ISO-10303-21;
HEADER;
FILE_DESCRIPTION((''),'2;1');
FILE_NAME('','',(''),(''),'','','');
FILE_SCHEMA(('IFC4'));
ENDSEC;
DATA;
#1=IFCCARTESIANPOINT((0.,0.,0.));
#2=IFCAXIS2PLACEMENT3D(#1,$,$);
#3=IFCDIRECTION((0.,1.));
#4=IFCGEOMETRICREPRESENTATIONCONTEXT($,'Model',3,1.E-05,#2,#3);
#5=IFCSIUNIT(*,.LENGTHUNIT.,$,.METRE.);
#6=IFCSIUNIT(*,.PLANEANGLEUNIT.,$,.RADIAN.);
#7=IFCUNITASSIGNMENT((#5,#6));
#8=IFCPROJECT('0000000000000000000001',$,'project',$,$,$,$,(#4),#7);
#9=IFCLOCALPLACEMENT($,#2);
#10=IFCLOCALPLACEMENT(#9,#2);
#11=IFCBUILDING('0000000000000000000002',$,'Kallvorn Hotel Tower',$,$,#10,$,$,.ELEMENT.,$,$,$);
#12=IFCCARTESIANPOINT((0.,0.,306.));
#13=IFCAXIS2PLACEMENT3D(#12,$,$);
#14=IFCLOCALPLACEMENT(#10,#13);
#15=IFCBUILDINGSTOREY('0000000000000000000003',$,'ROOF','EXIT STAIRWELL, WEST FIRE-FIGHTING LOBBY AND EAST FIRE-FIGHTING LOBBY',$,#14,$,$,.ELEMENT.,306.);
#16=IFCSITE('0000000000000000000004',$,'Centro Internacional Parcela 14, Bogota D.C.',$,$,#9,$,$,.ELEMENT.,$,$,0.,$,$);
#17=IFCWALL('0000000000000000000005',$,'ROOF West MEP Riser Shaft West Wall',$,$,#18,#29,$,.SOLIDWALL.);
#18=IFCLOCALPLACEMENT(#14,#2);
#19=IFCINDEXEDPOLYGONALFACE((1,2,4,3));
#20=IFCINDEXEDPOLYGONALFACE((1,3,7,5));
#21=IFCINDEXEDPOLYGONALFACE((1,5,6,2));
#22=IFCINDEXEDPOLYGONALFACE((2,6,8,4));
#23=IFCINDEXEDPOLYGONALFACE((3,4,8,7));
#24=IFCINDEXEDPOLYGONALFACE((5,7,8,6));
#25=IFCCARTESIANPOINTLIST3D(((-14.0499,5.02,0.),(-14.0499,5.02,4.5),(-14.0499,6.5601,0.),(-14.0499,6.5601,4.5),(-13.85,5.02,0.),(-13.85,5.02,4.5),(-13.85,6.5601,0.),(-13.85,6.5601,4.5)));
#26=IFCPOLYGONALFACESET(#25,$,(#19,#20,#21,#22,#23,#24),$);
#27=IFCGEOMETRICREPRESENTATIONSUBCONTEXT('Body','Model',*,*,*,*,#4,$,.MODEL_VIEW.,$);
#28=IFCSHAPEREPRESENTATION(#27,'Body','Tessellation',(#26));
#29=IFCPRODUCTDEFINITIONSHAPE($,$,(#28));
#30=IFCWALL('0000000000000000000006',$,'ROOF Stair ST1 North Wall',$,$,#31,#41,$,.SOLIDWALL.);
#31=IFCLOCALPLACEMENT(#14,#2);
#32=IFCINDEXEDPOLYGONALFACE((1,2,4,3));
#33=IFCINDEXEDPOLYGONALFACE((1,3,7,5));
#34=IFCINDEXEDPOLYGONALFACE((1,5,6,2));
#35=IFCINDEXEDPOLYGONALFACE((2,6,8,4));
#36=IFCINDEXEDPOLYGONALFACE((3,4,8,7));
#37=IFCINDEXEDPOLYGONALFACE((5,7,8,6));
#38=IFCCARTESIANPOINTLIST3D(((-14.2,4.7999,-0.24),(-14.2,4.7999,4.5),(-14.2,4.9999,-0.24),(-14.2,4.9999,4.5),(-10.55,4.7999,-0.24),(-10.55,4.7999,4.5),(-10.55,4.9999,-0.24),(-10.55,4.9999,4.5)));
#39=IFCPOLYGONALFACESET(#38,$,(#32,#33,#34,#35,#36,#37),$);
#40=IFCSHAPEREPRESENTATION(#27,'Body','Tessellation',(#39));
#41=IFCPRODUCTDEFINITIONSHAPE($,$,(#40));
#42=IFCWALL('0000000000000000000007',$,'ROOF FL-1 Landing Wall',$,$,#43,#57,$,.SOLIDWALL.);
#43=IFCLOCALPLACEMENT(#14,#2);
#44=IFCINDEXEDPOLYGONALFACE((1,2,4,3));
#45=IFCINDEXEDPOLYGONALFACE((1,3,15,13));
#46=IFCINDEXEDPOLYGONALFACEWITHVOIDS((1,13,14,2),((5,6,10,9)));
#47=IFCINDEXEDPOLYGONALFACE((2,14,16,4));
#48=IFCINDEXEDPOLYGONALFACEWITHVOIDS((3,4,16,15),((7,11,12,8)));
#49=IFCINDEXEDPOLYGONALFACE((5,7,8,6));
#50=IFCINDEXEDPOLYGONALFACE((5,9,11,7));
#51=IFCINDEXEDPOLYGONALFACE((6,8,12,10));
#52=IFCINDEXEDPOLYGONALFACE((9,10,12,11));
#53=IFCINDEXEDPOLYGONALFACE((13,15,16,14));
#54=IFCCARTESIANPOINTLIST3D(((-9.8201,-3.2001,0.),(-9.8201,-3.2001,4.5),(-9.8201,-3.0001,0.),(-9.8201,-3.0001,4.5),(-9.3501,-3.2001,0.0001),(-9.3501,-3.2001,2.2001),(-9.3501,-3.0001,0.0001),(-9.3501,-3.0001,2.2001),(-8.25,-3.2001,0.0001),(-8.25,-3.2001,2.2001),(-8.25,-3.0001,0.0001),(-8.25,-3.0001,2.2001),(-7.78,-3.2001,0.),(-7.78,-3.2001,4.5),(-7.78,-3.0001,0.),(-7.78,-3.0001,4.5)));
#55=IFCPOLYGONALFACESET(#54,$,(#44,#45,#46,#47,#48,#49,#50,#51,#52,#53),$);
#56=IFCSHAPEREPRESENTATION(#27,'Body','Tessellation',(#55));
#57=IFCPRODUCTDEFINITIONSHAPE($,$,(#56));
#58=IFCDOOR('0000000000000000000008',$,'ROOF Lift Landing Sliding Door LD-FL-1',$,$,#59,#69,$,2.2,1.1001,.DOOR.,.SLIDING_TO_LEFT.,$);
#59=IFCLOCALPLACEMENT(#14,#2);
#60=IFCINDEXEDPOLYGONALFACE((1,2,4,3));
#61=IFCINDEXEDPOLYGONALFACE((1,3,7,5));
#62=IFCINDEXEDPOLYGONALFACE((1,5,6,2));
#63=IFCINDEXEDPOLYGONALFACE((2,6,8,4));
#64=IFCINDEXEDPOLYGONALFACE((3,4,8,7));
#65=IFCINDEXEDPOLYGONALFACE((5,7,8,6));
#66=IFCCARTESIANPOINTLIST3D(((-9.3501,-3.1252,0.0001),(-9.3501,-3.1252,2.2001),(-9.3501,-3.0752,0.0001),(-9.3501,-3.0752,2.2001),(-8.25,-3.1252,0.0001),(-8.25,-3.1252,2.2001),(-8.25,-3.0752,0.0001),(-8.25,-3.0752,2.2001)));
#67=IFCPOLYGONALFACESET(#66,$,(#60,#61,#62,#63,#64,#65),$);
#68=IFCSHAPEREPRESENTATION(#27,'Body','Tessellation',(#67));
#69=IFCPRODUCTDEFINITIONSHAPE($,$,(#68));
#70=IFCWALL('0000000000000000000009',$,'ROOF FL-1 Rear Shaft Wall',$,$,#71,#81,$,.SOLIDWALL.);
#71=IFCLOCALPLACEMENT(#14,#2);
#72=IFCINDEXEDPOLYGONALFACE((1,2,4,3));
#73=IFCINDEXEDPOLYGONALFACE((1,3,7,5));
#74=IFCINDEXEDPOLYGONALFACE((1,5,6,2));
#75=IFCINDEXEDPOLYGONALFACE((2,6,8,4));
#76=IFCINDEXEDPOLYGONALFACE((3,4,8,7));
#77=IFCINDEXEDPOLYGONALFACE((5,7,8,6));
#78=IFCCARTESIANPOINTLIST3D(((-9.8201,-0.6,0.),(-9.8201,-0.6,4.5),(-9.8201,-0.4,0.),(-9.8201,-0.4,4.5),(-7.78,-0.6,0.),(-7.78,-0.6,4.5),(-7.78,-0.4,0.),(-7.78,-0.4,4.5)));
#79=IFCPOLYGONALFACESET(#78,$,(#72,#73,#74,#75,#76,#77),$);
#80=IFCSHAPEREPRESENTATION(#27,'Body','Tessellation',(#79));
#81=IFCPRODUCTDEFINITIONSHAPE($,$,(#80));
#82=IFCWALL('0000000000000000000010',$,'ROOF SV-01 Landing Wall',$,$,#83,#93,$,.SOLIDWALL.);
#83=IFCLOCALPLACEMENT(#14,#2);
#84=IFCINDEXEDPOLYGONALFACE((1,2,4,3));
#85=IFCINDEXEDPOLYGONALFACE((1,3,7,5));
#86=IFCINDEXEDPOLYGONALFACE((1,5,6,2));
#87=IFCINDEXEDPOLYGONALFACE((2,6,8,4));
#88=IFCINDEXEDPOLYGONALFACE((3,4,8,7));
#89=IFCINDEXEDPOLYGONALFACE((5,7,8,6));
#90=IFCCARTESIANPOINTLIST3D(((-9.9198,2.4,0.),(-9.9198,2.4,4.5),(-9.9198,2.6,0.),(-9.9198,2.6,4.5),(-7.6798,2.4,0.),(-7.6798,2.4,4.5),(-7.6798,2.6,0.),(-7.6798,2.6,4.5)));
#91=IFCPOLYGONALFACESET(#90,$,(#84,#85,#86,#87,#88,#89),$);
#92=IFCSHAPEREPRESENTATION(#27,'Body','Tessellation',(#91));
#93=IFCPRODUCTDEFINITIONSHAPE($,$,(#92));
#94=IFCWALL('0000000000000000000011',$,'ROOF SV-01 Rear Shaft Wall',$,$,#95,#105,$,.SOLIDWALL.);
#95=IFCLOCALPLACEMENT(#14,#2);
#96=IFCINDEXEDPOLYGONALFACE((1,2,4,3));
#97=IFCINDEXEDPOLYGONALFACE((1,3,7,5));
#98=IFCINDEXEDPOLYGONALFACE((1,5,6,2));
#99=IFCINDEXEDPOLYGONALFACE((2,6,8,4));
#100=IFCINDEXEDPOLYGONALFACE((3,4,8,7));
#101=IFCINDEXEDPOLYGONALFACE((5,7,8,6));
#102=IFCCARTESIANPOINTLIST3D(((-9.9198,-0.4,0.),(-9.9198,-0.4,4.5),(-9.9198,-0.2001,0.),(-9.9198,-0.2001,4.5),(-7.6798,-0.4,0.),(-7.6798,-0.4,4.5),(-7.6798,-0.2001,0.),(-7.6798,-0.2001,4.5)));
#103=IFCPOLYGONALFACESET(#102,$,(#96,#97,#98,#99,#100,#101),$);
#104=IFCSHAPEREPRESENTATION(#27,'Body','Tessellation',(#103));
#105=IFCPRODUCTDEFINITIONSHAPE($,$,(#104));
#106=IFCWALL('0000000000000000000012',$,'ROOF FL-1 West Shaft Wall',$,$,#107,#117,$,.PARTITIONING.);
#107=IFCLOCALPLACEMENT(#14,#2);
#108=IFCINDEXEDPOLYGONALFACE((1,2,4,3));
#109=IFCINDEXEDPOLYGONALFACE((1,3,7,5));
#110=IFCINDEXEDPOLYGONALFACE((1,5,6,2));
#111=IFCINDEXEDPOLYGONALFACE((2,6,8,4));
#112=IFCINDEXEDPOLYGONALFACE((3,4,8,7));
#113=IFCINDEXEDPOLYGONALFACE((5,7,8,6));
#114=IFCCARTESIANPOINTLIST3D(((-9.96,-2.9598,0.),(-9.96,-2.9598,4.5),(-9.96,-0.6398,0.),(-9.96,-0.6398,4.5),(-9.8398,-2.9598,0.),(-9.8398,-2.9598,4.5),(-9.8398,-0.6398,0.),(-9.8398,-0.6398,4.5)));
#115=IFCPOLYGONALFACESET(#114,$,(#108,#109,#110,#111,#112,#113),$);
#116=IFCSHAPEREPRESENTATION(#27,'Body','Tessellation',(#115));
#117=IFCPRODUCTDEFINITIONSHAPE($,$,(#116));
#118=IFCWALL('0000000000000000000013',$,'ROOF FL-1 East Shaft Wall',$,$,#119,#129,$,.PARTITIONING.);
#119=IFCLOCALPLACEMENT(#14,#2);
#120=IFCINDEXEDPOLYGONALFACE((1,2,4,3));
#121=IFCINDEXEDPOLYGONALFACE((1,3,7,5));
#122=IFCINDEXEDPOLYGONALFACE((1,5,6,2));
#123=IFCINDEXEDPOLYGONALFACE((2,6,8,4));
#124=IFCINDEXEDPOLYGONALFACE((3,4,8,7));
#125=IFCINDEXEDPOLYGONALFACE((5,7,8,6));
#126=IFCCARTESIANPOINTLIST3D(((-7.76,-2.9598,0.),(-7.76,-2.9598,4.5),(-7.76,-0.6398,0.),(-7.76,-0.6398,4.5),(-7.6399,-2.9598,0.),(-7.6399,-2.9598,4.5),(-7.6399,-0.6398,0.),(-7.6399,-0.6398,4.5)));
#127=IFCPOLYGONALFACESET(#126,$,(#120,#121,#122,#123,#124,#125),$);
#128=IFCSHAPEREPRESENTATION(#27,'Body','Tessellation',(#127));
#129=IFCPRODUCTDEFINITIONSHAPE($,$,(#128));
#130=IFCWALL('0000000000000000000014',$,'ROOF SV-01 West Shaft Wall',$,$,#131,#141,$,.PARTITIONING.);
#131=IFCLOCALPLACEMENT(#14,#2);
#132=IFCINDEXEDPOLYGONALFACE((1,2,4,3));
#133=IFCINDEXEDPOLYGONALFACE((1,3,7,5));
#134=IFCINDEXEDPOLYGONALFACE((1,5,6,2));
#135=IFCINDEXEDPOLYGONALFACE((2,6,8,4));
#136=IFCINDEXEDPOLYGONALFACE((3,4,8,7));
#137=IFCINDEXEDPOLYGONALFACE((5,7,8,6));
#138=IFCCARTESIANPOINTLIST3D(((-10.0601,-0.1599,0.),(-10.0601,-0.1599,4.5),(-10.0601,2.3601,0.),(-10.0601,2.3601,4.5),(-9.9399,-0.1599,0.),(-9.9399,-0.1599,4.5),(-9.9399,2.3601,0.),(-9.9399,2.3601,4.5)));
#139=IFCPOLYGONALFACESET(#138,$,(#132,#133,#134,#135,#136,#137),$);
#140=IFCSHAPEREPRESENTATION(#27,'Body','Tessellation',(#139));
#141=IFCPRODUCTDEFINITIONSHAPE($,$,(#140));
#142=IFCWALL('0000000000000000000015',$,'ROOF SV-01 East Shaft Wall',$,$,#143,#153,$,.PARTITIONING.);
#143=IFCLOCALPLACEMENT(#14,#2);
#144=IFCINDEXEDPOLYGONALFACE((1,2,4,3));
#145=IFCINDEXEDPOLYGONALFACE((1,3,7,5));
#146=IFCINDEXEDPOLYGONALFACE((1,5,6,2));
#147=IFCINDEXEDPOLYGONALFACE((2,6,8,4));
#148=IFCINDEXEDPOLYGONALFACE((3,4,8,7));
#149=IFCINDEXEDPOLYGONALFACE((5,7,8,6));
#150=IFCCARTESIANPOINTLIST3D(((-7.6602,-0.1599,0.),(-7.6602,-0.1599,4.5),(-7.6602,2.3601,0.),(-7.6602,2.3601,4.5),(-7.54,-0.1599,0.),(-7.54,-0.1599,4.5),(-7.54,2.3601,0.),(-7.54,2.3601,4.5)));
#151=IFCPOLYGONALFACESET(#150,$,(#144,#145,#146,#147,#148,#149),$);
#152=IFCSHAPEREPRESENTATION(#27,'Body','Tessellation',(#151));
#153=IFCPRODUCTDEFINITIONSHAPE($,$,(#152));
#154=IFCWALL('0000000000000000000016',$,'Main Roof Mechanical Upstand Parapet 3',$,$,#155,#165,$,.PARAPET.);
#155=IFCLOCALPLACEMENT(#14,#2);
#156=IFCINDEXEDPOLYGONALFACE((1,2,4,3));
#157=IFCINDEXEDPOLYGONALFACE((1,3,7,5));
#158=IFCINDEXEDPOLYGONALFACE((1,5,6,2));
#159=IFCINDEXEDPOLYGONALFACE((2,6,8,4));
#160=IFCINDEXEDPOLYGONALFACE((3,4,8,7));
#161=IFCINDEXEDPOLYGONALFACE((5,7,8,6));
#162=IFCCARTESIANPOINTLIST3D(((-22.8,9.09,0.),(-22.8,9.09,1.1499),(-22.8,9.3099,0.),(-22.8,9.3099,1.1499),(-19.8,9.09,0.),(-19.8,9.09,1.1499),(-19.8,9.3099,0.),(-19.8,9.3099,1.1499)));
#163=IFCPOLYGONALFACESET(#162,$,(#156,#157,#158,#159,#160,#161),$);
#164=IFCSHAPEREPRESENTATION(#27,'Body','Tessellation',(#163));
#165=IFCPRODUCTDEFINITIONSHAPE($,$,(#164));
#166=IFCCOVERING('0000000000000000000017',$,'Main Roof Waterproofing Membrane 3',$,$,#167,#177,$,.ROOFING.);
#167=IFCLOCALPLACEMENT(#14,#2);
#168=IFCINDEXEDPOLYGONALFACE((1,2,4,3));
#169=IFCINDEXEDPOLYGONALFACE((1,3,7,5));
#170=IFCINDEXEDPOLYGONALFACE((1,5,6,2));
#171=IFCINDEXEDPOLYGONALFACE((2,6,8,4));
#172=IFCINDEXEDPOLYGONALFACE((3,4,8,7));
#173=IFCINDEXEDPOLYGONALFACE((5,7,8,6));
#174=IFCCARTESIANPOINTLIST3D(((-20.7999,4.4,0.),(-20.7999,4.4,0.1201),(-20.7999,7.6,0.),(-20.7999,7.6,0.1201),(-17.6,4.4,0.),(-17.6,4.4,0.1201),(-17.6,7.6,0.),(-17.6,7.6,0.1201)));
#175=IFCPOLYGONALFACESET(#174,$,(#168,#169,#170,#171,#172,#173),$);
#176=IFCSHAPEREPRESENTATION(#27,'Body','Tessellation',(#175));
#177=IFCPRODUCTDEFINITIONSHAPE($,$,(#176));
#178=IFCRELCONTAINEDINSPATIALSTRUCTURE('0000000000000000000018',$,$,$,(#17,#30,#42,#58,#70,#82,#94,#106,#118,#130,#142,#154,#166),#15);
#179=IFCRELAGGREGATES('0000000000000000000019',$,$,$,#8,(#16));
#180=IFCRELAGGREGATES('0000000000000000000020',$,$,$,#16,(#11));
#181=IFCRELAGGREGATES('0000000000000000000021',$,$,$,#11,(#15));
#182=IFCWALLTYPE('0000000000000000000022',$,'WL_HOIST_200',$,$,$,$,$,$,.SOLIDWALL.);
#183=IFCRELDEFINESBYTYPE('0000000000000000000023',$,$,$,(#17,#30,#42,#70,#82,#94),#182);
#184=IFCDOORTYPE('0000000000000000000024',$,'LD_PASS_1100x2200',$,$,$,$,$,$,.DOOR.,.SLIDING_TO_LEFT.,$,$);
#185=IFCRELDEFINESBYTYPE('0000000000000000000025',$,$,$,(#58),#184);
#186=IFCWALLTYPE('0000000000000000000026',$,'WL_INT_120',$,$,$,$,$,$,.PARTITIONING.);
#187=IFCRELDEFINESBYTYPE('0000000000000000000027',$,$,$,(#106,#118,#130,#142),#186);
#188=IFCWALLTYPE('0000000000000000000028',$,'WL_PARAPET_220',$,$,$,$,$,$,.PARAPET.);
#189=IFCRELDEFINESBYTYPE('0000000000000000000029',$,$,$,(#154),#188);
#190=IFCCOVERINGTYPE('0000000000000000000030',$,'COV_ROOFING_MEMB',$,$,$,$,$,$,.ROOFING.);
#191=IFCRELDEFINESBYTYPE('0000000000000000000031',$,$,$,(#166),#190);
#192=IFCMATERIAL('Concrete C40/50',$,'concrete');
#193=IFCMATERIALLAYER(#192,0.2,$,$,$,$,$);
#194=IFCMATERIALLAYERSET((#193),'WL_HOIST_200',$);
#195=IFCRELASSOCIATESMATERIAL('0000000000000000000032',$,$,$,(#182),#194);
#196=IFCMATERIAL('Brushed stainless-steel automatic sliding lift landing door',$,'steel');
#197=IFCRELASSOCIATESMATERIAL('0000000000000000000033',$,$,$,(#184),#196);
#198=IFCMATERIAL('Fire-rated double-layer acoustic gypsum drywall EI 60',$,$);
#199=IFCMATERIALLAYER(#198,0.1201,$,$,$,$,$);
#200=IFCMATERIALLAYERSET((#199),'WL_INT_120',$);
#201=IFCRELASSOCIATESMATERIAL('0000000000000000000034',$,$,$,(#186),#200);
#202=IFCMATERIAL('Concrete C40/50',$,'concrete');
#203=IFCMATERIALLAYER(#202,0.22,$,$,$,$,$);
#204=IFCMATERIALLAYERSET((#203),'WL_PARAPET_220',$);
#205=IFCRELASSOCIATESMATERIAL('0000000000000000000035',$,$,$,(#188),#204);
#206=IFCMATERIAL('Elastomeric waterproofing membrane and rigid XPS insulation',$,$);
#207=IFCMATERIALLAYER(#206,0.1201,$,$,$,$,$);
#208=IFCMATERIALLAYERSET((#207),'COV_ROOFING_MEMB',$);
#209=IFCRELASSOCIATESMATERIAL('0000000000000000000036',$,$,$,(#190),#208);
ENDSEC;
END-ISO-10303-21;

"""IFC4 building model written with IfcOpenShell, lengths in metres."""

from ifc_helpers import new_model, si_unit, direction, frame, frame_2d, origin, origin_2d, place, context, subcontext, project, spatial, rectangle, extrude, material, layer, layer_set, type_object, element, fill, save


model = new_model("IFC4")

# Units and contexts
model_context = context("Model", 3, precision=1e-05, world=origin(), true_north=direction((0.0, 1.0)))
body_context = subcontext(model_context, "Body", "Model", "MODEL_VIEW")
ifc_project = project(units=[si_unit("LENGTHUNIT", "METRE"), si_unit("PLANEANGLEUNIT", "RADIAN")], contexts=[model_context])

# Site, building, storey
site_placement = place(None, origin())
site = spatial("IfcSite", under=ifc_project, at=site_placement, Name="Centro Internacional Parcela 14, Bogota D.C.", CompositionType="ELEMENT", RefElevation=0.0)
building_placement = place(site_placement, origin())
building = spatial("IfcBuilding", under=site, at=building_placement, Name="Kallvorn Hotel Tower", CompositionType="ELEMENT")
storey_placement = place(building_placement, frame((0.0, 0.0, 306.0)))
storey = spatial("IfcBuildingStorey", under=building, at=storey_placement, Name="ROOF", Description="EXIT STAIRWELL, WEST FIRE-FIGHTING LOBBY AND EAST FIRE-FIGHTING LOBBY", CompositionType="ELEMENT", Elevation=306.0)

# Walls
ifc_material_1 = material(Name="Concrete C40/50", Category="concrete")
ifc_layer_1 = layer(ifc_material_1, 0.2)
ifc_layer_set_1 = layer_set([ifc_layer_1], Name="WL_HOIST_200")
wall_type_1 = type_object("IfcWallType", Name="WL_HOIST_200", PredefinedType="SOLIDWALL", material=ifc_layer_set_1)
wall_1_placement = place(storey_placement, frame((-13.95, 5.02, 0.0), z_axis=(0.0, 0.0, 1.0), x_axis=(0.0, 1.0, 0.0)))
element("IfcWall", 1, at=wall_1_placement, inside=storey, type_object=wall_type_1, Name="ROOF West MEP Riser Shaft West Wall", PredefinedType="SOLIDWALL", context=body_context, shape_type="SweptSolid", body=[
    extrude(rectangle(XDim=1.54, YDim=0.2, at=frame_2d((0.77, 0.0))), origin(), (0.0, 0.0, 1.0), 4.5),
])
wall_2_placement = place(storey_placement, frame((-14.2, 4.8999, -0.24), z_axis=(0.0, 0.0, 1.0), x_axis=(1.0, 0.0, 0.0)))
element("IfcWall", 2, at=wall_2_placement, inside=storey, type_object=wall_type_1, Name="ROOF Stair ST1 North Wall", PredefinedType="SOLIDWALL", context=body_context, shape_type="SweptSolid", body=[
    extrude(rectangle(XDim=3.6499, YDim=0.2, at=frame_2d((1.825, 0.0))), origin(), (0.0, 0.0, 1.0), 4.74),
])

# Wall, opening, door
wall_3_placement = place(storey_placement, frame((-9.8201, -3.1001, 0.0), z_axis=(0.0, 0.0, 1.0), x_axis=(1.0, 0.0, 0.0)))
wall_3 = element("IfcWall", 3, at=wall_3_placement, inside=storey, type_object=wall_type_1, Name="ROOF FL-1 Landing Wall", PredefinedType="SOLIDWALL", context=body_context, shape_type="SweptSolid", body=[
    extrude(rectangle(XDim=2.04, YDim=0.2, at=frame_2d((1.02, 0.0))), origin(), (0.0, 0.0, 1.0), 4.5),
])
opening_placement = place(wall_3_placement, frame((0.47, 0.0, 0.0)))
opening = element("IfcOpeningElement", 4, at=opening_placement, cuts=wall_3, PredefinedType="OPENING", context=body_context, shape_type="SweptSolid", body=[
    extrude(rectangle(XDim=1.1001, YDim=2.2, at=frame_2d((0.55, 1.1001))), frame((0.0, 0.115, 0.0), z_axis=(0.0, -1.0, 0.0), x_axis=(1.0, 0.0, 0.0)), (0.0, 0.0, 1.0), 0.23),
])
ifc_material_2 = material(Name="Brushed stainless-steel automatic sliding lift landing door", Category="steel")
door_type = type_object("IfcDoorType", Name="LD_PASS_1100x2200", OperationType="SLIDING_TO_LEFT", PredefinedType="DOOR", material=ifc_material_2)
door_placement = place(opening_placement, origin())
door = element("IfcDoor", 5, at=door_placement, inside=storey, type_object=door_type, Name="ROOF Lift Landing Sliding Door LD-FL-1", OperationType="SLIDING_TO_LEFT", OverallHeight=2.2, OverallWidth=1.1001, PredefinedType="DOOR", context=body_context, shape_type="SweptSolid", body=[
    extrude(rectangle(XDim=1.1001, YDim=2.2, at=frame_2d((0.55, 1.1001))), frame((0.0, 0.0249, 0.0), z_axis=(0.0, -1.0, 0.0), x_axis=(1.0, 0.0, 0.0)), (0.0, 0.0, 1.0), 0.05),
])
fill(opening, door)

# Walls
wall_4_placement = place(storey_placement, frame((-9.8201, -0.5, 0.0), z_axis=(0.0, 0.0, 1.0), x_axis=(1.0, 0.0, 0.0)))
element("IfcWall", 6, at=wall_4_placement, inside=storey, type_object=wall_type_1, Name="ROOF FL-1 Rear Shaft Wall", PredefinedType="SOLIDWALL", context=body_context, shape_type="SweptSolid", body=[
    extrude(rectangle(XDim=2.04, YDim=0.2, at=frame_2d((1.02, 0.0))), origin(), (0.0, 0.0, 1.0), 4.5),
])
for number, where, z_axis, x_axis, name in (
    (7, (-9.9199, 2.5, 0.0), (0.0, 0.0, 1.0), (1.0, 0.0, 0.0), "ROOF SV-01 Landing Wall"),
    (8, (-9.9199, -0.3, 0.0), (0.0, 0.0, 1.0), (1.0, 0.0, 0.0), "ROOF SV-01 Rear Shaft Wall"),
):
    element("IfcWall", number, at=place(storey_placement, frame(where, z_axis=z_axis, x_axis=x_axis)), inside=storey, type_object=wall_type_1, Name=name, PredefinedType="SOLIDWALL", context=body_context, shape_type="SweptSolid", body=[
        extrude(rectangle(XDim=2.24, YDim=0.2, at=frame_2d((1.1201, 0.0))), origin(), (0.0, 0.0, 1.0), 4.5),
    ])
ifc_material_3 = material(Name="Fire-rated double-layer acoustic gypsum drywall EI 60")
ifc_layer_2 = layer(ifc_material_3, 0.1201)
ifc_layer_set_2 = layer_set([ifc_layer_2], Name="WL_INT_120")
wall_type_2 = type_object("IfcWallType", Name="WL_INT_120", PredefinedType="PARTITIONING", material=ifc_layer_set_2)
for number, where, z_axis, x_axis, name in (
    (9, (-9.8999, -2.96, 0.0), (0.0, 0.0, 1.0), (0.0, 1.0, 0.0), "ROOF FL-1 West Shaft Wall"),
    (10, (-7.7, -2.96, 0.0), (0.0, 0.0, 1.0), (0.0, 1.0, 0.0), "ROOF FL-1 East Shaft Wall"),
):
    element("IfcWall", number, at=place(storey_placement, frame(where, z_axis=z_axis, x_axis=x_axis)), inside=storey, type_object=wall_type_2, Name=name, PredefinedType="PARTITIONING", context=body_context, shape_type="SweptSolid", body=[
        extrude(rectangle(XDim=2.3201, YDim=0.1201, at=frame_2d((1.1602, 0.0))), origin(), (0.0, 0.0, 1.0), 4.5),
    ])
for number, where, z_axis, x_axis, name in (
    (11, (-10.0, -0.1599, 0.0), (0.0, 0.0, 1.0), (0.0, 1.0, 0.0), "ROOF SV-01 West Shaft Wall"),
    (12, (-7.6001, -0.1599, 0.0), (0.0, 0.0, 1.0), (0.0, 1.0, 0.0), "ROOF SV-01 East Shaft Wall"),
):
    element("IfcWall", number, at=place(storey_placement, frame(where, z_axis=z_axis, x_axis=x_axis)), inside=storey, type_object=wall_type_2, Name=name, PredefinedType="PARTITIONING", context=body_context, shape_type="SweptSolid", body=[
        extrude(rectangle(XDim=2.52, YDim=0.1201, at=frame_2d((1.26, 0.0))), origin(), (0.0, 0.0, 1.0), 4.5),
    ])
ifc_material_4 = material(Name="Concrete C40/50", Category="concrete")
ifc_layer_3 = layer(ifc_material_4, 0.22)
ifc_layer_set_3 = layer_set([ifc_layer_3], Name="WL_PARAPET_220")
wall_type_3 = type_object("IfcWallType", Name="WL_PARAPET_220", PredefinedType="PARAPET", material=ifc_layer_set_3)
wall_5_placement = place(storey_placement, frame((-22.8, 9.2, 0.0), z_axis=(0.0, 0.0, 1.0), x_axis=(1.0, 0.0, 0.0)))
element("IfcWall", 13, at=wall_5_placement, inside=storey, type_object=wall_type_3, Name="Main Roof Mechanical Upstand Parapet 3", PredefinedType="PARAPET", context=body_context, shape_type="SweptSolid", body=[
    extrude(rectangle(XDim=3.0, YDim=0.22, at=frame_2d((1.5, 0.0))), origin(), (0.0, 0.0, 1.0), 1.1499),
])

# Covering
ifc_material_5 = material(Name="Elastomeric waterproofing membrane and rigid XPS insulation")
ifc_layer_4 = layer(ifc_material_5, 0.1201)
ifc_layer_set_4 = layer_set([ifc_layer_4], Name="COV_ROOFING_MEMB")
covering_type = type_object("IfcCoveringType", Name="COV_ROOFING_MEMB", PredefinedType="ROOFING", material=ifc_layer_set_4)
covering_placement = place(storey_placement, frame((-19.2, 6.0, 0.0), z_axis=(0.0, 0.0, 1.0), x_axis=(1.0, 0.0, 0.0)))
element("IfcCovering", 14, at=covering_placement, inside=storey, type_object=covering_type, Name="Main Roof Waterproofing Membrane 3", PredefinedType="ROOFING", context=body_context, shape_type="SweptSolid", body=[
    extrude(rectangle(XDim=3.2, YDim=3.2, at=origin_2d()), origin(), (0.0, 0.0, 1.0), 0.1201),
])

save(model, "model.ifc")
